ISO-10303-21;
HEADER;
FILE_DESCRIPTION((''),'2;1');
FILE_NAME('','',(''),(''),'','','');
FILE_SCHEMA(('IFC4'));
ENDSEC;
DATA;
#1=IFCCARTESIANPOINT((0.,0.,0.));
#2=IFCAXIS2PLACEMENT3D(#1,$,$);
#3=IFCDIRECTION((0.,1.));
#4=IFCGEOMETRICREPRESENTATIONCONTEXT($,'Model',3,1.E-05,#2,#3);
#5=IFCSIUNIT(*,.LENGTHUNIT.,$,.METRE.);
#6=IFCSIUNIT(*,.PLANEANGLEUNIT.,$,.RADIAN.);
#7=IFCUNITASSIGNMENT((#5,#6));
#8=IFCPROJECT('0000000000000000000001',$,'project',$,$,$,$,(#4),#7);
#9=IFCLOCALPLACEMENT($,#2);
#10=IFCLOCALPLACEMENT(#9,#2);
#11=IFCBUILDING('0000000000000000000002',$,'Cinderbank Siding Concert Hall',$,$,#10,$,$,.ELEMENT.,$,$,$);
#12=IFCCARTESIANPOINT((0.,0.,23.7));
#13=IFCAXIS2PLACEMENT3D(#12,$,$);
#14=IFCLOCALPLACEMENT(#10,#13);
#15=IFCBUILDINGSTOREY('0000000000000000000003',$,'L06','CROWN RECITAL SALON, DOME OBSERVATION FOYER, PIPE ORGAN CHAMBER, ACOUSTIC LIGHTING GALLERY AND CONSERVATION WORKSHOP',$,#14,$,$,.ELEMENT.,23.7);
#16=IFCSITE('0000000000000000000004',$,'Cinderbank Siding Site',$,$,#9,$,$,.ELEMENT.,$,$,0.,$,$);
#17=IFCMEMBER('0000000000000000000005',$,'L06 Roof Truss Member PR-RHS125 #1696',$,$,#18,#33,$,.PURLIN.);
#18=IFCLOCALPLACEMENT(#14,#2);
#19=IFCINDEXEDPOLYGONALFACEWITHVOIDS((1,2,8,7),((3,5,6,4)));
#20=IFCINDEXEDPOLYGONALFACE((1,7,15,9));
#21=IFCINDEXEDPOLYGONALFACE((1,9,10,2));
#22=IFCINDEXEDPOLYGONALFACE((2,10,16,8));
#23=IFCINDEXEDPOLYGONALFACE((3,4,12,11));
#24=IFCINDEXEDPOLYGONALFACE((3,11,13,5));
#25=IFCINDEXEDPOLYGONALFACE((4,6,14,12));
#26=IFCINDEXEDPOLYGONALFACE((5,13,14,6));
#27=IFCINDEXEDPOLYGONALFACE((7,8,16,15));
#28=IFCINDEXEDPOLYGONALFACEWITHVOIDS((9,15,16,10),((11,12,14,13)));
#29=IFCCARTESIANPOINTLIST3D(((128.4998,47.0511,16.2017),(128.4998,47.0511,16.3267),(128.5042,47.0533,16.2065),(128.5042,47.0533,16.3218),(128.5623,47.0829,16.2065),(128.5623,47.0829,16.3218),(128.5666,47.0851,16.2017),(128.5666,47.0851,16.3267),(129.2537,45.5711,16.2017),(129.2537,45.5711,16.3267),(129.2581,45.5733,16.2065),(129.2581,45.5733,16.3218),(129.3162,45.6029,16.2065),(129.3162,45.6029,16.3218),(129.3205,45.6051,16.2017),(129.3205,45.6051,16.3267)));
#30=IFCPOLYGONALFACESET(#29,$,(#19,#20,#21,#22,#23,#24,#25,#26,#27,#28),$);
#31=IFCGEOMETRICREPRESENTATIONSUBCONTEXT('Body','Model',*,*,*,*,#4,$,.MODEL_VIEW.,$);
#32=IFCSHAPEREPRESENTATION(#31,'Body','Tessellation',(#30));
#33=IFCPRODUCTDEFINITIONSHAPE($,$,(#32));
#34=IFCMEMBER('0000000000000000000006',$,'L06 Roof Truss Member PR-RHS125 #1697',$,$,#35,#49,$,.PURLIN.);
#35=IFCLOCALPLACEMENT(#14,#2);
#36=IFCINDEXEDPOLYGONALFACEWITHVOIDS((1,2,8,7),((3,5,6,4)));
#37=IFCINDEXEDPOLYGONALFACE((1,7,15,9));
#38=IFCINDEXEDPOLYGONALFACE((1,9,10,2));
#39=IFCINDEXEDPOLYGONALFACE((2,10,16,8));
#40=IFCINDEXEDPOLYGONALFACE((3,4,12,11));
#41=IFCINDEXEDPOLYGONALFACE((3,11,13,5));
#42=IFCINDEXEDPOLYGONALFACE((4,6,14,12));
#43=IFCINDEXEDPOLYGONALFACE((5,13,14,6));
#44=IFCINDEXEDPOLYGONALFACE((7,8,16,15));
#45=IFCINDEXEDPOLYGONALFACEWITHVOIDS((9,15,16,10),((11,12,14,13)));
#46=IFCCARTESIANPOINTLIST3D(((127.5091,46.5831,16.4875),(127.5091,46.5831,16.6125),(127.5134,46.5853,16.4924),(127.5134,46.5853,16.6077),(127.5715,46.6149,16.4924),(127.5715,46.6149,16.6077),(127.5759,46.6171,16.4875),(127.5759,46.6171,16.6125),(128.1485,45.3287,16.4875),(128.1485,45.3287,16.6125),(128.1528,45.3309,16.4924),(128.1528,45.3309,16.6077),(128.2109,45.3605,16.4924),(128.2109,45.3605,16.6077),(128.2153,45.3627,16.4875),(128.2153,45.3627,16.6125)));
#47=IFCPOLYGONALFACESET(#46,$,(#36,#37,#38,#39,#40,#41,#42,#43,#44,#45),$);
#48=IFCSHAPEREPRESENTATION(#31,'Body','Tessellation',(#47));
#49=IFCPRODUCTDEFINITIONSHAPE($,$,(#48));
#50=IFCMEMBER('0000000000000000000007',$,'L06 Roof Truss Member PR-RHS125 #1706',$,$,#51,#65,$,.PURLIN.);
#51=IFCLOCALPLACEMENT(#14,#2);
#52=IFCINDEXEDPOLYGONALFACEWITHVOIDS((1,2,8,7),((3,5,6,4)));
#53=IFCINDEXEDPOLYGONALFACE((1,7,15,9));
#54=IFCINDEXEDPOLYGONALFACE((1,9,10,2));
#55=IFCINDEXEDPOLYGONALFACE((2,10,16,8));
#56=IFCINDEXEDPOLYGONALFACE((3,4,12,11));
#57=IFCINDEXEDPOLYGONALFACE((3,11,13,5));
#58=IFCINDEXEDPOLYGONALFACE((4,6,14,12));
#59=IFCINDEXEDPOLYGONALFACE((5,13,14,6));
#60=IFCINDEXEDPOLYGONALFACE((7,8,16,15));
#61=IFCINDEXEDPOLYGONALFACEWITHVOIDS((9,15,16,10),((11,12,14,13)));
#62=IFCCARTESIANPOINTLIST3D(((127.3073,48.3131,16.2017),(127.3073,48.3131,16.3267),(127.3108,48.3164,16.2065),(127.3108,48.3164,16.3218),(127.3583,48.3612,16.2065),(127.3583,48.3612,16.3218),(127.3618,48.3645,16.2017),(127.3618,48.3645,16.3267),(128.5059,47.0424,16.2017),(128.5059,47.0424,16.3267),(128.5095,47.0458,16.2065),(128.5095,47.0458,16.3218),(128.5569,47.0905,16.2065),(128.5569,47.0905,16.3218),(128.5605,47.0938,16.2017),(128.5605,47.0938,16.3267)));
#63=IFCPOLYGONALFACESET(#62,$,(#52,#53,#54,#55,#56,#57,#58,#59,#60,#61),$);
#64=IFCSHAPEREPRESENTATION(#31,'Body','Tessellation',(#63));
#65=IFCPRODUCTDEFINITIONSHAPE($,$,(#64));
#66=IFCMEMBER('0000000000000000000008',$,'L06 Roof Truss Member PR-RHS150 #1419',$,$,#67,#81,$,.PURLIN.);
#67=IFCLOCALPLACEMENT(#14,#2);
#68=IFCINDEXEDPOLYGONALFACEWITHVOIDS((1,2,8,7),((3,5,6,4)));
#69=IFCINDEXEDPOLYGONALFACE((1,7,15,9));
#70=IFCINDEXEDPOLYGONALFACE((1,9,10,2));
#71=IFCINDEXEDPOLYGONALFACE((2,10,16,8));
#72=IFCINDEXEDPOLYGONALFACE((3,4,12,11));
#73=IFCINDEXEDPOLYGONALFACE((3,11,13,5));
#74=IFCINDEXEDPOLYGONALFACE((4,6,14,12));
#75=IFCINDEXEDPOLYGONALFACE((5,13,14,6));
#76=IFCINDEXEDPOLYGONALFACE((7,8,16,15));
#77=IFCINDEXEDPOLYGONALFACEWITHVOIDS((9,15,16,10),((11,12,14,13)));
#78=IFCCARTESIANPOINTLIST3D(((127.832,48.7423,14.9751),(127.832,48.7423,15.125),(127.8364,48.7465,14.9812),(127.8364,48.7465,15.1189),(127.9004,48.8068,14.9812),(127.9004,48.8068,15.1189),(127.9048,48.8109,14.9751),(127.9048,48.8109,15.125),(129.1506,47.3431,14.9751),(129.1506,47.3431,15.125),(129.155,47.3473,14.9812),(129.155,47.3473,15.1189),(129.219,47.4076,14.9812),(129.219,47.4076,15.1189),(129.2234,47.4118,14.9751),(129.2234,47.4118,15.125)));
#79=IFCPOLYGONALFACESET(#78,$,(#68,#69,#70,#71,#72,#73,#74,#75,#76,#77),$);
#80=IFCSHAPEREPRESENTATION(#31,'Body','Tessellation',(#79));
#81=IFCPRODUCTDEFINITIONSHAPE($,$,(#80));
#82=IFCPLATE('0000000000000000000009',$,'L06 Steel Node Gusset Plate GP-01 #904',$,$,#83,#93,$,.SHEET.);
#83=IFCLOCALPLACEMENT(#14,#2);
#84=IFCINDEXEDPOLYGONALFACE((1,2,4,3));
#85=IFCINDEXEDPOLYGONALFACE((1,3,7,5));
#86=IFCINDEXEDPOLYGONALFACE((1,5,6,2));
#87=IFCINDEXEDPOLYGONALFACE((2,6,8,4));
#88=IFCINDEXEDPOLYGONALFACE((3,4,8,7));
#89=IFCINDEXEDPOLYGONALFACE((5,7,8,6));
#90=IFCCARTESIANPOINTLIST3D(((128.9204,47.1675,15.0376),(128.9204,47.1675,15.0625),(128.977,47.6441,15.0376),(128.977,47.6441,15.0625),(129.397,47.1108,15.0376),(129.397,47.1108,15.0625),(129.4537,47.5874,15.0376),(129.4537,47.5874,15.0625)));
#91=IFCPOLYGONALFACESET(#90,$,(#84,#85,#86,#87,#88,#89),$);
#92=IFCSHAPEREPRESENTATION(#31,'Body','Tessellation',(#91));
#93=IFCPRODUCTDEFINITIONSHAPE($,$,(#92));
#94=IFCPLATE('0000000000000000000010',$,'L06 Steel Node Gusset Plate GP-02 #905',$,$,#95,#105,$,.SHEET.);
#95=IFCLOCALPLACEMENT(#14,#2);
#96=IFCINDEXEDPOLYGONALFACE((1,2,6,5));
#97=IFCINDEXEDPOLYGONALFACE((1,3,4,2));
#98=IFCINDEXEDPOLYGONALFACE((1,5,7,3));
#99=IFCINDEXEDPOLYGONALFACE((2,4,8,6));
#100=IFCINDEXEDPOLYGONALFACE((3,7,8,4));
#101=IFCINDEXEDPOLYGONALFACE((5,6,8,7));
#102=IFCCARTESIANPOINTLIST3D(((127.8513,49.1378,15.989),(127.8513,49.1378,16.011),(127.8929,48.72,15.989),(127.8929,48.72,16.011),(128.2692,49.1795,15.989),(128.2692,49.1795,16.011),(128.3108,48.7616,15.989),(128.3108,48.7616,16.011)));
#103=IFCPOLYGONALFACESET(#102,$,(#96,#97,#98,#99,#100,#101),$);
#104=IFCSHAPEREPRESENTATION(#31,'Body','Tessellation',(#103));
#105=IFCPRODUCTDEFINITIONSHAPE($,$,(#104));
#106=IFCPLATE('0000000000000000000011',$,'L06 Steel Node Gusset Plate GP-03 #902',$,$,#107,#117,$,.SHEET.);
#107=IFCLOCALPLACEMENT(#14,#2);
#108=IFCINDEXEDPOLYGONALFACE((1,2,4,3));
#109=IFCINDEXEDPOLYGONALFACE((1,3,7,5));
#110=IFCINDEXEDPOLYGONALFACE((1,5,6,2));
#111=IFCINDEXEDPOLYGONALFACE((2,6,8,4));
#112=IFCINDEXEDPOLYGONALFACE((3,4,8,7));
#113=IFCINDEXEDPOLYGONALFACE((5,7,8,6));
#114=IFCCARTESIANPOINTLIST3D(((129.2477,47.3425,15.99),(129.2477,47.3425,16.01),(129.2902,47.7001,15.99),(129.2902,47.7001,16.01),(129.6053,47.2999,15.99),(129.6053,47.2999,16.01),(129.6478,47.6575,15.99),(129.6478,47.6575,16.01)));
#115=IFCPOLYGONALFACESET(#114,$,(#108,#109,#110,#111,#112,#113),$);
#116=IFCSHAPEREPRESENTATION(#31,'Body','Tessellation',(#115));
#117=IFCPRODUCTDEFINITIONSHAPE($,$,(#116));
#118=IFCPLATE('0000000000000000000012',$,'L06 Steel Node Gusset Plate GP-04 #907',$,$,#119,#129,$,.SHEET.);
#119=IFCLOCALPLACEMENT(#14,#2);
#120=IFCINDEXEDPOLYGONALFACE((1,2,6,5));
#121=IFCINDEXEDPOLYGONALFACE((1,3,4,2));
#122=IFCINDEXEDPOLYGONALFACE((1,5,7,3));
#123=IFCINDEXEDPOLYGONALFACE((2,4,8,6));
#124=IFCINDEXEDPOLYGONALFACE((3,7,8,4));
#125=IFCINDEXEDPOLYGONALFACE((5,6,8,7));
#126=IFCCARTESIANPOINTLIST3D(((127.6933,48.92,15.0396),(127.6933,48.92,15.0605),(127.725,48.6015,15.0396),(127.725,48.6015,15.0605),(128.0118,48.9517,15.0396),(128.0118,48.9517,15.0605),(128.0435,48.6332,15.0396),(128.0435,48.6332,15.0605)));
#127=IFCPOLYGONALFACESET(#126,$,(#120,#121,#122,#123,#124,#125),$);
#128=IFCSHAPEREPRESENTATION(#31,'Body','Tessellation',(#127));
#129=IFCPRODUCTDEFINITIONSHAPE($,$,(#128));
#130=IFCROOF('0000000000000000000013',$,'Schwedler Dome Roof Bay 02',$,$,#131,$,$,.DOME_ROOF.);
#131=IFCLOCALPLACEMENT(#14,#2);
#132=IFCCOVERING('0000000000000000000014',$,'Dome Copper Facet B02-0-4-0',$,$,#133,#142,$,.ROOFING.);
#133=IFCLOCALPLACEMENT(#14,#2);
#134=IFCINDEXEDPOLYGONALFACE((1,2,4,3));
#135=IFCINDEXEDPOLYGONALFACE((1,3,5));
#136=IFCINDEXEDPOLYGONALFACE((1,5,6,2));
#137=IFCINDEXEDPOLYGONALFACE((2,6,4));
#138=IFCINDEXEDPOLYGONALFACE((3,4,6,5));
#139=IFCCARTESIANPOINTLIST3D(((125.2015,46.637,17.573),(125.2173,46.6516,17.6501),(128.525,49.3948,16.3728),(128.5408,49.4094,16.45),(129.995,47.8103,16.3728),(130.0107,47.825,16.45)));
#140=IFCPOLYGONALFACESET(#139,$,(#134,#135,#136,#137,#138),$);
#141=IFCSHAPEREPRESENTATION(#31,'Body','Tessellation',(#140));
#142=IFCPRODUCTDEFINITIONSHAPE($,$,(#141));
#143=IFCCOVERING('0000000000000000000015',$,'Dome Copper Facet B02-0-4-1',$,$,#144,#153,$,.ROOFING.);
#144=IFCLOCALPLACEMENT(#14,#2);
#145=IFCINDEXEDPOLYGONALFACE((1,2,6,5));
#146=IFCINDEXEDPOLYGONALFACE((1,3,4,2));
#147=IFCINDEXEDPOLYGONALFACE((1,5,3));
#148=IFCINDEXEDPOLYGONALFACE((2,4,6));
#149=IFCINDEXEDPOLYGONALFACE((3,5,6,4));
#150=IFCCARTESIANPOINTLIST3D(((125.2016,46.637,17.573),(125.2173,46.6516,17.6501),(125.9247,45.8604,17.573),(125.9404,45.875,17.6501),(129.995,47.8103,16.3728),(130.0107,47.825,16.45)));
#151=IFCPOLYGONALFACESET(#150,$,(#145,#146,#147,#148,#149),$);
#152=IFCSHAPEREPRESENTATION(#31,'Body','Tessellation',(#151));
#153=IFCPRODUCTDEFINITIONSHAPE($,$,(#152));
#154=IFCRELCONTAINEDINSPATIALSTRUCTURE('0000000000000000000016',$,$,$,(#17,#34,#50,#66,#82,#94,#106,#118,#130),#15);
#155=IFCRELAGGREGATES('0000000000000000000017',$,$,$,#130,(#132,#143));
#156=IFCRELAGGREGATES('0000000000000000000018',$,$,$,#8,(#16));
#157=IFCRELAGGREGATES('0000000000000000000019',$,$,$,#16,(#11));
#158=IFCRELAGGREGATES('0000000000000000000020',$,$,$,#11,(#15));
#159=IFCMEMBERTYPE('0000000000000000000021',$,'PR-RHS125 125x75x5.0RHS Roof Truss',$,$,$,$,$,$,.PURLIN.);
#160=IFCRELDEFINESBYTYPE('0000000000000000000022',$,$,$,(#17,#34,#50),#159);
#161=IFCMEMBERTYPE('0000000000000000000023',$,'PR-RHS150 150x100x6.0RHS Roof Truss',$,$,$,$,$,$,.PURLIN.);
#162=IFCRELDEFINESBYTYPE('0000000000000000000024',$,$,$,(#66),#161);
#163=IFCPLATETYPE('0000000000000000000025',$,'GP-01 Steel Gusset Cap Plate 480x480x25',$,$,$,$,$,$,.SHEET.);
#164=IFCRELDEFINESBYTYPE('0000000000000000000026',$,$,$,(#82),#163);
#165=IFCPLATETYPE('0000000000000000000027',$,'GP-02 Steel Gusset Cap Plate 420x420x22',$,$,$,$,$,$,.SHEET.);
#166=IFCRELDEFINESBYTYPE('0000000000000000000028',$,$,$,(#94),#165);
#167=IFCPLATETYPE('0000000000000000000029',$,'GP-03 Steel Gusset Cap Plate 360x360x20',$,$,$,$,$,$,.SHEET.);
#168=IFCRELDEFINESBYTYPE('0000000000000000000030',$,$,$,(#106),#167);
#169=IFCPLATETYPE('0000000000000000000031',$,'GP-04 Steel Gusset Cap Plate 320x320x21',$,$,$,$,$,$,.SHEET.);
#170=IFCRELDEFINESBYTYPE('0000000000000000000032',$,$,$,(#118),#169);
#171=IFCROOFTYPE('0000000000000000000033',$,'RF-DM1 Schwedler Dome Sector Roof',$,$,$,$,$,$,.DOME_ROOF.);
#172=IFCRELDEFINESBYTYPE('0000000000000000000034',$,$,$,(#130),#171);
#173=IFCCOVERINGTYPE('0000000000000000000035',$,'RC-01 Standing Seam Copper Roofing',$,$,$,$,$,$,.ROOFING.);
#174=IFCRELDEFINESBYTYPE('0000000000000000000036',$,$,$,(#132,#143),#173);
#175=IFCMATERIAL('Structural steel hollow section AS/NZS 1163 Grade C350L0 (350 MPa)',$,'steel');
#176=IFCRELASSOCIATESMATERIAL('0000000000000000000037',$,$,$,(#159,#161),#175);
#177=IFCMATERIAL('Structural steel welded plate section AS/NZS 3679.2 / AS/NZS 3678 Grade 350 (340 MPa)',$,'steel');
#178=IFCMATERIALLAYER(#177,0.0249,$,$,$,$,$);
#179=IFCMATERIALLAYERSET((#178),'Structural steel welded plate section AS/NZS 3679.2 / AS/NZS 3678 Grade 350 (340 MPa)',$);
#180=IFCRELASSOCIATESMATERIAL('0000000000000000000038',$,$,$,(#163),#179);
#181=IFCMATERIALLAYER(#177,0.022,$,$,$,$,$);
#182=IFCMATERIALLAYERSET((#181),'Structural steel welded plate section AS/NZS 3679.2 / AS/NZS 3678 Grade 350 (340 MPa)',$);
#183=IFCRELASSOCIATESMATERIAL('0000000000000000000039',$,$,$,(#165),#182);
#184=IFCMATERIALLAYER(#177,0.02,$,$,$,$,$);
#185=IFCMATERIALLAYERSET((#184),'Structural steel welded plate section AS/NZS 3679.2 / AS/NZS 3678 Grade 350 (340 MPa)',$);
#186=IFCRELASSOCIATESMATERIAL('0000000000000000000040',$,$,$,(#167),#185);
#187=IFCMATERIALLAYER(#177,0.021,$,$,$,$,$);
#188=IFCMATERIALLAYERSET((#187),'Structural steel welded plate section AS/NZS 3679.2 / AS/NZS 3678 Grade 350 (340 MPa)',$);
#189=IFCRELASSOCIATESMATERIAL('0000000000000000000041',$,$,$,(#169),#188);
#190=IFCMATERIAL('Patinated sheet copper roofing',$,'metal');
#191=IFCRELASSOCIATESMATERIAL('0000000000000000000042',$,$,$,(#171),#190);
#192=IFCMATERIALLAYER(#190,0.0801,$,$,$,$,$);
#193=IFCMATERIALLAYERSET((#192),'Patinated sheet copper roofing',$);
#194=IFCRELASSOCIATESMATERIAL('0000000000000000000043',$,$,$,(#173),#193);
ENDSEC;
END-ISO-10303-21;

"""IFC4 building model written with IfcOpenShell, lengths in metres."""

from ifc_helpers import new_model, si_unit, direction, frame, origin, origin_2d, place, context, subcontext, project, spatial, polyline, rectangle, hollow_rectangle, outline, extrude, material, layer, layer_set, material_profile, profile_set, type_object, element, aggregate, save


model = new_model("IFC4")

# Units and contexts
model_context = context("Model", 3, precision=1e-05, world=origin(), true_north=direction((0.0, 1.0)))
body_context = subcontext(model_context, "Body", "Model", "MODEL_VIEW")
ifc_project = project(units=[si_unit("LENGTHUNIT", "METRE"), si_unit("PLANEANGLEUNIT", "RADIAN")], contexts=[model_context])

# Site, building, storey
site_placement = place(None, origin())
site = spatial("IfcSite", under=ifc_project, at=site_placement, Name="Cinderbank Siding Site", CompositionType="ELEMENT", RefElevation=0.0)
building_placement = place(site_placement, origin())
building = spatial("IfcBuilding", under=site, at=building_placement, Name="Cinderbank Siding Concert Hall", CompositionType="ELEMENT")
storey_placement = place(building_placement, frame((0.0, 0.0, 23.7)))
storey = spatial("IfcBuildingStorey", under=building, at=storey_placement, Name="L06", Description="CROWN RECITAL SALON, DOME OBSERVATION FOYER, PIPE ORGAN CHAMBER, ACOUSTIC LIGHTING GALLERY AND CONSERVATION WORKSHOP", CompositionType="ELEMENT", Elevation=23.7)

# Members
ifc_material_1 = material(Name="Structural steel hollow section AS/NZS 1163 Grade C350L0 (350 MPa)", Category="steel")
ifc_material_profile_1 = material_profile(ifc_material_1, hollow_rectangle(XDim=0.075, YDim=0.125, WallThickness=0.0049, at=origin_2d()), Name="125x75x5.0RHS", Category="LoadBearing")
ifc_profile_set_1 = profile_set([ifc_material_profile_1], Name="Structural steel hollow section AS/NZS 1163 Grade C350L0 (350 MPa)")
member_type_1 = type_object("IfcMemberType", Name="PR-RHS125 125x75x5.0RHS Roof Truss", PredefinedType="PURLIN", material=ifc_profile_set_1)
member_1_placement = place(storey_placement, frame((129.2871, 45.5881, 16.2642), z_axis=(-0.453904, 0.891051, 0.0), x_axis=(-0.891051, -0.453904, 0.0)))
element("IfcMember", 1, at=member_1_placement, inside=storey, type_object=member_type_1, Name="L06 Roof Truss Member PR-RHS125 #1696", PredefinedType="PURLIN", context=body_context, shape_type="SweptSolid", body=[
    extrude(hollow_rectangle(XDim=0.075, YDim=0.125, WallThickness=0.0049, at=origin_2d()), origin(), (0.0, 0.0, 1.0), 1.6609),
])
member_2_placement = place(storey_placement, frame((128.1819, 45.3457, 16.55), z_axis=(-0.454136, 0.890932, 0.0), x_axis=(-0.890932, -0.454136, 0.0)))
element("IfcMember", 2, at=member_2_placement, inside=storey, type_object=member_type_1, Name="L06 Roof Truss Member PR-RHS125 #1697", PredefinedType="PURLIN", context=body_context, shape_type="SweptSolid", body=[
    extrude(hollow_rectangle(XDim=0.075, YDim=0.125, WallThickness=0.0049, at=origin_2d()), origin(), (0.0, 0.0, 1.0), 1.408),
])
member_3_placement = place(storey_placement, frame((128.5332, 47.0681, 16.2642), z_axis=(-0.686193, 0.72742, 0.0), x_axis=(-0.72742, -0.686193, 0.0)))
element("IfcMember", 3, at=member_3_placement, inside=storey, type_object=member_type_1, Name="L06 Roof Truss Member PR-RHS125 #1706", PredefinedType="PURLIN", context=body_context, shape_type="SweptSolid", body=[
    extrude(hollow_rectangle(XDim=0.075, YDim=0.125, WallThickness=0.0049, at=origin_2d()), origin(), (0.0, 0.0, 1.0), 1.7468),
])
ifc_material_profile_2 = material_profile(ifc_material_1, hollow_rectangle(XDim=0.1001, YDim=0.1499, WallThickness=0.0061, at=origin_2d()), Name="150x100x6.0RHS", Category="LoadBearing")
ifc_profile_set_2 = profile_set([ifc_material_profile_2], Name="Structural steel hollow section AS/NZS 1163 Grade C350L0 (350 MPa)")
member_type_2 = type_object("IfcMemberType", Name="PR-RHS150 150x100x6.0RHS Roof Truss", PredefinedType="PURLIN", material=ifc_profile_set_2)
member_4_placement = place(storey_placement, frame((129.187, 47.3774, 15.05), z_axis=(-0.685844, 0.727749, 0.0), x_axis=(-0.727749, -0.685844, 0.0)))
element("IfcMember", 4, at=member_4_placement, inside=storey, type_object=member_type_2, Name="L06 Roof Truss Member PR-RHS150 #1419", PredefinedType="PURLIN", context=body_context, shape_type="SweptSolid", body=[
    extrude(hollow_rectangle(XDim=0.1001, YDim=0.1499, WallThickness=0.0061, at=origin_2d()), origin(), (0.0, 0.0, 1.0), 1.9226),
])

# Plates
ifc_material_2 = material(Name="Structural steel welded plate section AS/NZS 3679.2 / AS/NZS 3678 Grade 350 (340 MPa)", Category="steel")
ifc_layer_1 = layer(ifc_material_2, 0.0249)
ifc_layer_set_1 = layer_set([ifc_layer_1], Name="Structural steel welded plate section AS/NZS 3679.2 / AS/NZS 3678 Grade 350 (340 MPa)")
plate_type_1 = type_object("IfcPlateType", Name="GP-01 Steel Gusset Cap Plate 480x480x25", PredefinedType="SHEET", material=ifc_layer_set_1)
plate_1_placement = place(storey_placement, frame((129.187, 47.3774, 15.0376), z_axis=(0.0, 0.0, 1.0), x_axis=(-0.993007, 0.118057, 0.0)))
element("IfcPlate", 5, at=plate_1_placement, inside=storey, type_object=plate_type_1, Name="L06 Steel Node Gusset Plate GP-01 #904", PredefinedType="SHEET", context=body_context, shape_type="SweptSolid", body=[
    extrude(rectangle(XDim=0.48, YDim=0.48, at=origin_2d()), origin(), (0.0, 0.0, 1.0), 0.0249),
])
ifc_layer_2 = layer(ifc_material_2, 0.022)
ifc_layer_set_2 = layer_set([ifc_layer_2], Name="Structural steel welded plate section AS/NZS 3679.2 / AS/NZS 3678 Grade 350 (340 MPa)")
plate_type_2 = type_object("IfcPlateType", Name="GP-02 Steel Gusset Cap Plate 420x420x22", PredefinedType="SHEET", material=ifc_layer_set_2)
plate_2_placement = place(storey_placement, frame((128.0811, 48.9497, 15.989), z_axis=(0.0, 0.0, 1.0), x_axis=(-0.995073, -0.099146, 0.0)))
element("IfcPlate", 6, at=plate_2_placement, inside=storey, type_object=plate_type_2, Name="L06 Steel Node Gusset Plate GP-02 #905", PredefinedType="SHEET", context=body_context, shape_type="SweptSolid", body=[
    extrude(rectangle(XDim=0.4199, YDim=0.4199, at=origin_2d()), origin(), (0.0, 0.0, 1.0), 0.022),
])
ifc_layer_3 = layer(ifc_material_2, 0.02)
ifc_layer_set_3 = layer_set([ifc_layer_3], Name="Structural steel welded plate section AS/NZS 3679.2 / AS/NZS 3678 Grade 350 (340 MPa)")
plate_type_3 = type_object("IfcPlateType", Name="GP-03 Steel Gusset Cap Plate 360x360x20", PredefinedType="SHEET", material=ifc_layer_set_3)
plate_3_placement = place(storey_placement, frame((129.4478, 47.5, 15.99), z_axis=(0.0, 0.0, 1.0), x_axis=(-0.993007, 0.118057, 0.0)))
element("IfcPlate", 7, at=plate_3_placement, inside=storey, type_object=plate_type_3, Name="L06 Steel Node Gusset Plate GP-03 #902", PredefinedType="SHEET", context=body_context, shape_type="SweptSolid", body=[
    extrude(rectangle(XDim=0.3601, YDim=0.3601, at=origin_2d()), origin(), (0.0, 0.0, 1.0), 0.02),
])
ifc_layer_4 = layer(ifc_material_2, 0.021)
ifc_layer_set_4 = layer_set([ifc_layer_4], Name="Structural steel welded plate section AS/NZS 3679.2 / AS/NZS 3678 Grade 350 (340 MPa)")
plate_type_4 = type_object("IfcPlateType", Name="GP-04 Steel Gusset Cap Plate 320x320x21", PredefinedType="SHEET", material=ifc_layer_set_4)
plate_4_placement = place(storey_placement, frame((127.8684, 48.7766, 15.0396), z_axis=(0.0, 0.0, 1.0), x_axis=(-0.995073, -0.099146, 0.0)))
element("IfcPlate", 8, at=plate_4_placement, inside=storey, type_object=plate_type_4, Name="L06 Steel Node Gusset Plate GP-04 #907", PredefinedType="SHEET", context=body_context, shape_type="SweptSolid", body=[
    extrude(rectangle(XDim=0.3201, YDim=0.3201, at=origin_2d()), origin(), (0.0, 0.0, 1.0), 0.021),
])

# Roof, coverings
ifc_material_3 = material(Name="Patinated sheet copper roofing", Category="metal")
roof_type = type_object("IfcRoofType", Name="RF-DM1 Schwedler Dome Sector Roof", PredefinedType="DOME_ROOF", material=ifc_material_3)
roof_placement = place(storey_placement, origin())
roof = element("IfcRoof", 9, at=roof_placement, inside=storey, type_object=roof_type, Name="Schwedler Dome Roof Bay 02", PredefinedType="DOME_ROOF")
ifc_layer_5 = layer(ifc_material_3, 0.0801)
ifc_layer_set_5 = layer_set([ifc_layer_5], Name="Patinated sheet copper roofing")
covering_type = type_object("IfcCoveringType", Name="RC-01 Standing Seam Copper Roofing", PredefinedType="ROOFING", material=ifc_layer_set_5)
covering_1_placement = place(storey_placement, frame((130.0107, 47.825, 16.45), z_axis=(0.196573, 0.182368, 0.96338), x_axis=(-0.680122, 0.733099, 0.0)))
covering_1 = element("IfcCovering", 10, at=covering_1_placement, type_object=covering_type, Name="Dome Copper Facet B02-0-4-0", PredefinedType="ROOFING", context=body_context, shape_type="SweptSolid", body=[
    extrude(outline(polyline([(0.0, 0.0), (2.1613, 0.0), (2.4, 4.476), (0.0, 0.0)])), origin(), (0.0, 0.0, -1.0), 0.0801),
])
covering_2_placement = place(storey_placement, frame((130.0107, 47.825, 16.45), z_axis=(0.196425, 0.182902, 0.963309), x_axis=(-0.943813, -0.231026, 0.236314)))
covering_2 = element("IfcCovering", 11, at=covering_2_placement, type_object=covering_type, Name="Dome Copper Facet B02-0-4-1", PredefinedType="ROOFING", context=body_context, shape_type="SweptSolid", body=[
    extrude(outline(polyline([(0.0, 0.0), (5.0788, 0.0), (4.5757, 0.9343), (0.0, 0.0)])), origin(), (0.0, 0.0, -1.0), 0.0801),
])
aggregate(roof, [covering_1, covering_2])

save(model, "model.ifc")
